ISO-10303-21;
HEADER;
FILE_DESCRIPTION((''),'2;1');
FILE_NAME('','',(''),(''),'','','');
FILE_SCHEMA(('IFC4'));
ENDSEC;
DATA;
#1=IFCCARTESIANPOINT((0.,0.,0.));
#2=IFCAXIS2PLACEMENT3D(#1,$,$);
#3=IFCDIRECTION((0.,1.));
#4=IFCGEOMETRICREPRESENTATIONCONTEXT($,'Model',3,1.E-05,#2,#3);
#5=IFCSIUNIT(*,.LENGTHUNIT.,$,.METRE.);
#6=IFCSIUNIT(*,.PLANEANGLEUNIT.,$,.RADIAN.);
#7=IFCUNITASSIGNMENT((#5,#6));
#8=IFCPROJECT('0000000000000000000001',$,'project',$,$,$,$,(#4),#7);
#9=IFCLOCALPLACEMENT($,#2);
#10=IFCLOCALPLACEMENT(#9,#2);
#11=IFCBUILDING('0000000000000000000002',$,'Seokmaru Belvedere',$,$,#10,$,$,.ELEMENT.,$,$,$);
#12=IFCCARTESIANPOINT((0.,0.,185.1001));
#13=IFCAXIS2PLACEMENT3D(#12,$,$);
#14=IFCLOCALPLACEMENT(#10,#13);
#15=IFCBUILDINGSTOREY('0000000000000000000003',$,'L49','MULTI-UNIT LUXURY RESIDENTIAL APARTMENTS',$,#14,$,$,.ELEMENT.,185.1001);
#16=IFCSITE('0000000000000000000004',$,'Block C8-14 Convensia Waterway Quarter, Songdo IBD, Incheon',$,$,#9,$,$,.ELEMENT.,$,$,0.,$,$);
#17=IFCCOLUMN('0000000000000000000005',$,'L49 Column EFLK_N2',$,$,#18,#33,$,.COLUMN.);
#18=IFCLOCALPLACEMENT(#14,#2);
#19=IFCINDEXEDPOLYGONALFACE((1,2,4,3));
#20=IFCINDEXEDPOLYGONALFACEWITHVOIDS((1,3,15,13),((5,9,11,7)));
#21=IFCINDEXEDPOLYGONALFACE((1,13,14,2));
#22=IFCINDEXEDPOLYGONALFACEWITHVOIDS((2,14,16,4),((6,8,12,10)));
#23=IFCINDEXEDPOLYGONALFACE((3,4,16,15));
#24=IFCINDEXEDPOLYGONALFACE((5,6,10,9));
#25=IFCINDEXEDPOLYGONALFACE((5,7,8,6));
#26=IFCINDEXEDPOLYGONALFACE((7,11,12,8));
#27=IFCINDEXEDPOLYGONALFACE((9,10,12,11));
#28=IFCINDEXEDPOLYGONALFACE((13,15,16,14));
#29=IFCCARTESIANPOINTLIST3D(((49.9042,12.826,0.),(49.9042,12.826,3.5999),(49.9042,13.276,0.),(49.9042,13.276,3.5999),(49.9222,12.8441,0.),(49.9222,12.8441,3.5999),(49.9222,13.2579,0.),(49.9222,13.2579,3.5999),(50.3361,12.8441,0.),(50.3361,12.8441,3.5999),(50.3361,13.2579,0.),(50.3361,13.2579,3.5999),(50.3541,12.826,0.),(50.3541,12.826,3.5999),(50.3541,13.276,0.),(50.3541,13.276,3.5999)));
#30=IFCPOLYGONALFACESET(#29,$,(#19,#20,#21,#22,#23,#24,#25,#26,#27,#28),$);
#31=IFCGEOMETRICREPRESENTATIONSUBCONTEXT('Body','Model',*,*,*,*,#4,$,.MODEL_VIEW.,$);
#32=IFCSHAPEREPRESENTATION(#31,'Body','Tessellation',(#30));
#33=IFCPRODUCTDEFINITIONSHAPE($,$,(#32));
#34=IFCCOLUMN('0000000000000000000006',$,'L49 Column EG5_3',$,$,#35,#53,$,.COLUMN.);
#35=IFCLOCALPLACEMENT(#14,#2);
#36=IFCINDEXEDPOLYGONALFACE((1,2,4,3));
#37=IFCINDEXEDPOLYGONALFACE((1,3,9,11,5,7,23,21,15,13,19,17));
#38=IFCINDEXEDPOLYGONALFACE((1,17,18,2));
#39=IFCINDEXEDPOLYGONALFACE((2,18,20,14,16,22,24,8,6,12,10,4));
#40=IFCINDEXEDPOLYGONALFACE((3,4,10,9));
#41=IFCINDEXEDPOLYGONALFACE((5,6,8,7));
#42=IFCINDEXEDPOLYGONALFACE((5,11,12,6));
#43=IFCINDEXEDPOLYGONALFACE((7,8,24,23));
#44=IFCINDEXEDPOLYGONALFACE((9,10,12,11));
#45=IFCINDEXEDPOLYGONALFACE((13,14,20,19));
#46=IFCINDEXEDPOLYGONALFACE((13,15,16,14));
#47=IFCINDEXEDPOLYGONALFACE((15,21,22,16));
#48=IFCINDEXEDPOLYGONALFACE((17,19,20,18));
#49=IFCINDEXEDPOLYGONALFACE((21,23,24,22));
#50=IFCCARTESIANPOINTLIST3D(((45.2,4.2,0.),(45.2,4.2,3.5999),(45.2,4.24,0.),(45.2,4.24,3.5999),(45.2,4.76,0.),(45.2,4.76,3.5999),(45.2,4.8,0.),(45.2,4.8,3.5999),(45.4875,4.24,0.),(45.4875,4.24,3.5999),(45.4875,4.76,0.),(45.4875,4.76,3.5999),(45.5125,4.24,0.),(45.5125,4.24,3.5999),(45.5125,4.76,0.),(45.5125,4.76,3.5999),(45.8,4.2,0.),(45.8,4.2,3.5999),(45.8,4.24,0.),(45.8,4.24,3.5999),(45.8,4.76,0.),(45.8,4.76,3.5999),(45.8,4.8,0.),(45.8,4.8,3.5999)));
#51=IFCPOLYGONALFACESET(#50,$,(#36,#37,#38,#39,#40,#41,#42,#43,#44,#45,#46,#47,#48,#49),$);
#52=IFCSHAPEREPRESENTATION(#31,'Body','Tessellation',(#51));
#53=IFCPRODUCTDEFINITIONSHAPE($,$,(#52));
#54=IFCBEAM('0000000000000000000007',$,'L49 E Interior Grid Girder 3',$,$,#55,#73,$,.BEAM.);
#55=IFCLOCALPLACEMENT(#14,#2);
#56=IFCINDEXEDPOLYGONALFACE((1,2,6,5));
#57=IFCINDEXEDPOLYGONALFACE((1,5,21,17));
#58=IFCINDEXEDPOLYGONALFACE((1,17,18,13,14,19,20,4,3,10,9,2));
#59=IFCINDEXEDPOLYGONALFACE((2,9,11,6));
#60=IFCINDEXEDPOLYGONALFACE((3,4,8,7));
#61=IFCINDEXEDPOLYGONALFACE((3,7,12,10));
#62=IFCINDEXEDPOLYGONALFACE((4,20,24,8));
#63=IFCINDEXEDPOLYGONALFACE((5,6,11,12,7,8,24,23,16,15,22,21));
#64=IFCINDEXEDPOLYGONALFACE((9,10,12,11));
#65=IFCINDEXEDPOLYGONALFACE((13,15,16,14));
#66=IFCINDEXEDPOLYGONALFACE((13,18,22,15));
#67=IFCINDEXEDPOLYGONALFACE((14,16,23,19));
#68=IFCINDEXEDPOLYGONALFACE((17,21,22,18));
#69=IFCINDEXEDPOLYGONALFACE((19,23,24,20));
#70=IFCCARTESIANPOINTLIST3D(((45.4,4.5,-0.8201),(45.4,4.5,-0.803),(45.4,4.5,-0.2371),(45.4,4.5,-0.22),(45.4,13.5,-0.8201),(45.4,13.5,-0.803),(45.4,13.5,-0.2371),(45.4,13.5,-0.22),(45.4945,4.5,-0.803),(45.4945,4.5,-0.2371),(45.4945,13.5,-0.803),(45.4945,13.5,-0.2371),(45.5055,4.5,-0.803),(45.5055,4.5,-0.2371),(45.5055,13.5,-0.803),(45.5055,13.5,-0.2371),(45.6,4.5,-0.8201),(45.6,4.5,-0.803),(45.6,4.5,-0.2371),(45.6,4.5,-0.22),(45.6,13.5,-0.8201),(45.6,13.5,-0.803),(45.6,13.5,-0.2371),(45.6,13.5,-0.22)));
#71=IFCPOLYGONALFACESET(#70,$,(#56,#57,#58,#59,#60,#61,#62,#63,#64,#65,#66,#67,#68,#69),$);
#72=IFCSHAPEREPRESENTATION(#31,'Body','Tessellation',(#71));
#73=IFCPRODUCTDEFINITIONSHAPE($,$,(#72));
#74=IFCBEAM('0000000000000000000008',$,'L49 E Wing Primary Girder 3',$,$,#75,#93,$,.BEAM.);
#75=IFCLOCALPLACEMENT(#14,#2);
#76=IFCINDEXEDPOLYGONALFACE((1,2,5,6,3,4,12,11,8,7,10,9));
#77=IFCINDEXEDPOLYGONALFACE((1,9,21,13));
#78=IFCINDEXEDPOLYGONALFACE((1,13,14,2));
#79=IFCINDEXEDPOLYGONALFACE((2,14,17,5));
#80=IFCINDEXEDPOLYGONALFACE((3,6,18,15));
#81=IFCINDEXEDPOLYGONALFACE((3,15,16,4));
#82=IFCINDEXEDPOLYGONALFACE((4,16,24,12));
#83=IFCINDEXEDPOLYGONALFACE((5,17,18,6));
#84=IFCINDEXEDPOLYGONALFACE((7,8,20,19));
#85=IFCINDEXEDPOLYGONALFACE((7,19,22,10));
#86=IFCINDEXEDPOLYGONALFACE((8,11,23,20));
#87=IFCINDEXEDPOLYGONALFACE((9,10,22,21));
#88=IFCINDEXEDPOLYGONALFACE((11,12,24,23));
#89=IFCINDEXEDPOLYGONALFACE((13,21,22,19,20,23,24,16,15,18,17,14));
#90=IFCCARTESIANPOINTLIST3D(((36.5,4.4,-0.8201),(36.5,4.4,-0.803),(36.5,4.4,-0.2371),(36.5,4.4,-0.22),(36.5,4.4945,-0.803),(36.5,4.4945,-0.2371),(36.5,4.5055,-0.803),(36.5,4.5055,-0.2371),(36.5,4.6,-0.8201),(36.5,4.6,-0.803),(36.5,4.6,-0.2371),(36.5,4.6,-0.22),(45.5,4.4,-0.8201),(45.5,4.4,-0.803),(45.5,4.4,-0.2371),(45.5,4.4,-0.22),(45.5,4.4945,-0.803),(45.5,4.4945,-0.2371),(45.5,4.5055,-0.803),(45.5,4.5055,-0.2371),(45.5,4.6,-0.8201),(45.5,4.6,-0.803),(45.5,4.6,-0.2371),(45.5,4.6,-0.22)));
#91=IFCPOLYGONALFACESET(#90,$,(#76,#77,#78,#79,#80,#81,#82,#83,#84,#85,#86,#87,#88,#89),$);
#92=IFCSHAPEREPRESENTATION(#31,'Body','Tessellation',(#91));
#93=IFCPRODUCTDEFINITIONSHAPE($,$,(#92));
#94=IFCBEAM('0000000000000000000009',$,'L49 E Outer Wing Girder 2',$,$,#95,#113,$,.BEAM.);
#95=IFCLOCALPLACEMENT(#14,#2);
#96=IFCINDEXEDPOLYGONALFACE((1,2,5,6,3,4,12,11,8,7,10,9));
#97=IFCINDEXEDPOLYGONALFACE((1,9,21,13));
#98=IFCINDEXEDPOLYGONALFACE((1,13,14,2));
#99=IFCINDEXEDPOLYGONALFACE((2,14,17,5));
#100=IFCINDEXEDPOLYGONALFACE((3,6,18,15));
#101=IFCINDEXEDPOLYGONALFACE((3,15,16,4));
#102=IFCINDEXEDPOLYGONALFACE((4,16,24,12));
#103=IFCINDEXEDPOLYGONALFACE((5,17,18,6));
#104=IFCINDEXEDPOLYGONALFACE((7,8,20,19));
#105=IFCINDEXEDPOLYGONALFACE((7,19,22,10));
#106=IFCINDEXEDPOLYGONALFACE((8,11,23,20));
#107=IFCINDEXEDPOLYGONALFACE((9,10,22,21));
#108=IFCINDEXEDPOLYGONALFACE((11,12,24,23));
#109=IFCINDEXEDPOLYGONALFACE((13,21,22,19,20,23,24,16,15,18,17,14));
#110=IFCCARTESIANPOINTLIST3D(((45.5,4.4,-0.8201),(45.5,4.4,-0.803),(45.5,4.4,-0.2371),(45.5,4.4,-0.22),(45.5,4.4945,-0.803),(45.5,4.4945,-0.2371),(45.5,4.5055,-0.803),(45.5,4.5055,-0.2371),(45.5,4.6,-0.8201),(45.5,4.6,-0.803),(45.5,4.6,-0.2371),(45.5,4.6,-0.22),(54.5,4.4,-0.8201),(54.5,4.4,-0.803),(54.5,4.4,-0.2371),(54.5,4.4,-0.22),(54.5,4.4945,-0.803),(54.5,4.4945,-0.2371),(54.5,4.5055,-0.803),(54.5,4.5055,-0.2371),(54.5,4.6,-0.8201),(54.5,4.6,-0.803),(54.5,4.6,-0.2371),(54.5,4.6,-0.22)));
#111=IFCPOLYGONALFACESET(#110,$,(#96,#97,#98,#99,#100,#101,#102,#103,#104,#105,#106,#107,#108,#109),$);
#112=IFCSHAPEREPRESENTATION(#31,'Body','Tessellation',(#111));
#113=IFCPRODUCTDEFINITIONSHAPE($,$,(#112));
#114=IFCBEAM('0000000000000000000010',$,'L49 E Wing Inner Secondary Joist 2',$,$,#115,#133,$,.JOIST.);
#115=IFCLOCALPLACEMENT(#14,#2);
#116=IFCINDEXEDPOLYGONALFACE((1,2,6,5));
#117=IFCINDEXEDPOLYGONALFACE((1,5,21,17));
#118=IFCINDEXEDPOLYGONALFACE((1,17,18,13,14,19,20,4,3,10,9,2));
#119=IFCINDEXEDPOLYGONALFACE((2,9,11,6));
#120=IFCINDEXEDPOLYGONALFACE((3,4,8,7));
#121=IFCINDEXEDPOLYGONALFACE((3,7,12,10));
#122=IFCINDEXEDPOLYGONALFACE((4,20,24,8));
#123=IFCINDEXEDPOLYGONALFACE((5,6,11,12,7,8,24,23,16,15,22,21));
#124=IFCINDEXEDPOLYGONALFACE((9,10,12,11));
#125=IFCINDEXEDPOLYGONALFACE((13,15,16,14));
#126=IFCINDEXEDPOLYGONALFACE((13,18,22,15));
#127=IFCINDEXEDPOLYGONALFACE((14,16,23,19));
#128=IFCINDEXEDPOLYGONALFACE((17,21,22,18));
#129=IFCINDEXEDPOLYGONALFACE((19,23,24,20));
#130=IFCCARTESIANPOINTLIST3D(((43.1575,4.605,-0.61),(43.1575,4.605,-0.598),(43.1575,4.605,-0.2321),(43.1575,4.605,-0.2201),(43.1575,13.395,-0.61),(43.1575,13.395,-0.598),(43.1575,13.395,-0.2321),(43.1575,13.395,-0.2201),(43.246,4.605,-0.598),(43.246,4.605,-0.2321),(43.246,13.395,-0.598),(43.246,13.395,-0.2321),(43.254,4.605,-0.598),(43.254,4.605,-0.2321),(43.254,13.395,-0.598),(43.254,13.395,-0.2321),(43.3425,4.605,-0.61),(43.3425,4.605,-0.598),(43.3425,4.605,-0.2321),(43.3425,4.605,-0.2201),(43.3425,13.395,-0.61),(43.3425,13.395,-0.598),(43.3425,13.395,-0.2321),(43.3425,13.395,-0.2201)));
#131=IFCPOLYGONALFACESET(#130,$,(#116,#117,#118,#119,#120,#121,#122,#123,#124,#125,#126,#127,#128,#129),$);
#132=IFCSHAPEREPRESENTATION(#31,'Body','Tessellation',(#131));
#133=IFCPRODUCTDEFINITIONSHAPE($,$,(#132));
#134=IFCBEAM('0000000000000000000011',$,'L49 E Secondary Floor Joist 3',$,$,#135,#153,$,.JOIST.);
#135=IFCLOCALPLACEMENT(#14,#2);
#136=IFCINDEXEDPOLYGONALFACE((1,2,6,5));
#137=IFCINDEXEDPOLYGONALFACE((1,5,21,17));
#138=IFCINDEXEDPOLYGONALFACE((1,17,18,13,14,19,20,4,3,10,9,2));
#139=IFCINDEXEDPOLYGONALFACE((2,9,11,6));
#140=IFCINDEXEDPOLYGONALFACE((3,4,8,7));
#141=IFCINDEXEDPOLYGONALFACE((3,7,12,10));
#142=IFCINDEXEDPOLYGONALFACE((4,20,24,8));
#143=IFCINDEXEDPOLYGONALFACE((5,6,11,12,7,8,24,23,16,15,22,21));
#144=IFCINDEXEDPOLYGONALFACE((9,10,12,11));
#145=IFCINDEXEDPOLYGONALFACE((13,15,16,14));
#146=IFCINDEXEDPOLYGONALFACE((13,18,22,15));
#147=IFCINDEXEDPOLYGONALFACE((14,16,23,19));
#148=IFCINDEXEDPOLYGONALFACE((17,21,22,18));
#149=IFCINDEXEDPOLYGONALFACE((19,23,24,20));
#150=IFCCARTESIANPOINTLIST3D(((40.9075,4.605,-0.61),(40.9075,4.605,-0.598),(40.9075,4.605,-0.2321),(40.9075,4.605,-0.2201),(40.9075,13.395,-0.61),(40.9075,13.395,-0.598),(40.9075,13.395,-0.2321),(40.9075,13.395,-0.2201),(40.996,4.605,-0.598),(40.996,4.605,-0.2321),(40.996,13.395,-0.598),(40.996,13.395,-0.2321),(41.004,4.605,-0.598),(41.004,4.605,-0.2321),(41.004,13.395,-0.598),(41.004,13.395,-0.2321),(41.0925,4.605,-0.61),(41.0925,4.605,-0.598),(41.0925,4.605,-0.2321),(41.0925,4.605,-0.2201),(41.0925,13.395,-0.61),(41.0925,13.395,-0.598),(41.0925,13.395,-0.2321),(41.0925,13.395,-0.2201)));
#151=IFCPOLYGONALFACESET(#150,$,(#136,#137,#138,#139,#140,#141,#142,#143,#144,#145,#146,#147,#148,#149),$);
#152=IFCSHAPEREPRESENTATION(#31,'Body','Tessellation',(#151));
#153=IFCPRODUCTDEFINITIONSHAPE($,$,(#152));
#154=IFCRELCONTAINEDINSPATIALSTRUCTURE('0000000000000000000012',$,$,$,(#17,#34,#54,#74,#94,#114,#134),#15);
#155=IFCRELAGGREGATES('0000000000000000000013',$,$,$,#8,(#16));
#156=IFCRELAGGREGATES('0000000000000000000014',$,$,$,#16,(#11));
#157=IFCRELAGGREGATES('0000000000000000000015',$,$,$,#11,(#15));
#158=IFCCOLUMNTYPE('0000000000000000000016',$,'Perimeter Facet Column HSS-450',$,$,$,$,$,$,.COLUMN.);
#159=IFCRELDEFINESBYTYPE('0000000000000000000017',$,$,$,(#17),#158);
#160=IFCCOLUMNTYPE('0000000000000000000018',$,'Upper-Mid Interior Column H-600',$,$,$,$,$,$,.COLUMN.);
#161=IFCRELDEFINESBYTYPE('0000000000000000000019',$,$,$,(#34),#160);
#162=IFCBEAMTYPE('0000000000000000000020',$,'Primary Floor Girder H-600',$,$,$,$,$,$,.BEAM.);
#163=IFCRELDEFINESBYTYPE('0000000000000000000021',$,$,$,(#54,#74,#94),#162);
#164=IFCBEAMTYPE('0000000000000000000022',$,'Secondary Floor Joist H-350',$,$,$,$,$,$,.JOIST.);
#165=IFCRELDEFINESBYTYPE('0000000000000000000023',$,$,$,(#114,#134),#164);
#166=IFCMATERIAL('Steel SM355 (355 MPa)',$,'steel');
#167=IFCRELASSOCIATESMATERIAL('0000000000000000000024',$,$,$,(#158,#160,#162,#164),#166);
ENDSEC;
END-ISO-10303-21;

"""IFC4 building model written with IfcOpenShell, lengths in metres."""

from ifc_helpers import new_model, si_unit, direction, frame, origin, origin_2d, place, context, subcontext, project, spatial, hollow_rectangle, i_section, extrude, source, transform, mapped, material, material_profile, profile_set, type_object, type_shapes, element, save


model = new_model("IFC4")

# Units and contexts
model_context = context("Model", 3, precision=1e-05, world=origin(), true_north=direction((0.0, 1.0)))
body_context = subcontext(model_context, "Body", "Model", "MODEL_VIEW")
ifc_project = project(units=[si_unit("LENGTHUNIT", "METRE"), si_unit("PLANEANGLEUNIT", "RADIAN")], contexts=[model_context])

# Site, building, storey
site_placement = place(None, origin())
site = spatial("IfcSite", under=ifc_project, at=site_placement, Name="Block C8-14 Convensia Waterway Quarter, Songdo IBD, Incheon", CompositionType="ELEMENT", RefElevation=0.0)
building_placement = place(site_placement, origin())
building = spatial("IfcBuilding", under=site, at=building_placement, Name="Seokmaru Belvedere", CompositionType="ELEMENT")
storey_placement = place(building_placement, frame((0.0, 0.0, 185.1001)))
storey = spatial("IfcBuildingStorey", under=building, at=storey_placement, Name="L49", Description="MULTI-UNIT LUXURY RESIDENTIAL APARTMENTS", CompositionType="ELEMENT", Elevation=185.1001)

# Columns
ifc_material_1 = material(Name="Steel SM355 (355 MPa)", Category="steel")
ifc_material_profile_1 = material_profile(ifc_material_1, hollow_rectangle(XDim=0.45, YDim=0.45, WallThickness=0.0181, at=origin_2d()), Name="HSS-450x450x18")
ifc_profile_set_1 = profile_set([ifc_material_profile_1], Name="Steel SM355 (355 MPa)")
column_type_1 = type_object("IfcColumnType", Name="Perimeter Facet Column HSS-450", PredefinedType="COLUMN", material=ifc_profile_set_1)
shared_shape_1 = source(origin(), body_context, "Body", "SweptSolid", [
    extrude(hollow_rectangle(XDim=0.45, YDim=0.45, WallThickness=0.0181, at=origin_2d()), origin(), (0.0, 0.0, 1.0), 3.5999),
])
type_shapes(column_type_1, [shared_shape_1])
column_1_placement = place(storey_placement, frame((50.1292, 13.051, 0.0), z_axis=(0.0, 0.0, 1.0), x_axis=(1.0, 0.0, 0.0)))
element("IfcColumn", 1, at=column_1_placement, inside=storey, type_object=column_type_1, Name="L49 Column EFLK_N2", PredefinedType="COLUMN", context=body_context, shape_type="MappedRepresentation", body=[
    mapped(shared_shape_1, transform((0.0, 0.0, 0.0), scale=1.0)),
])
ifc_material_profile_2 = material_profile(ifc_material_1, i_section(OverallWidth=0.6001, OverallDepth=0.6001, WebThickness=0.0249, FlangeThickness=0.04, at=origin_2d()), Name="H-600x600x25x40")
ifc_profile_set_2 = profile_set([ifc_material_profile_2], Name="Steel SM355 (355 MPa)")
column_type_2 = type_object("IfcColumnType", Name="Upper-Mid Interior Column H-600", PredefinedType="COLUMN", material=ifc_profile_set_2)
shared_shape_2 = source(origin(), body_context, "Body", "SweptSolid", [
    extrude(i_section(OverallWidth=0.6001, OverallDepth=0.6001, WebThickness=0.0249, FlangeThickness=0.04, at=origin_2d()), origin(), (0.0, 0.0, 1.0), 3.5999),
])
type_shapes(column_type_2, [shared_shape_2])
column_2_placement = place(storey_placement, frame((45.5, 4.5, 0.0), z_axis=(0.0, 0.0, 1.0), x_axis=(1.0, 0.0, 0.0)))
element("IfcColumn", 2, at=column_2_placement, inside=storey, type_object=column_type_2, Name="L49 Column EG5_3", PredefinedType="COLUMN", context=body_context, shape_type="MappedRepresentation", body=[
    mapped(shared_shape_2, transform((0.0, 0.0, 0.0), scale=1.0)),
])

# Beams
ifc_material_profile_3 = material_profile(ifc_material_1, i_section(OverallWidth=0.2, OverallDepth=0.6001, WebThickness=0.011, FlangeThickness=0.0171, at=origin_2d()), Name="H-600x200x11x17")
ifc_profile_set_3 = profile_set([ifc_material_profile_3], Name="Steel SM355 (355 MPa)")
beam_type_1 = type_object("IfcBeamType", Name="Primary Floor Girder H-600", PredefinedType="BEAM", material=ifc_profile_set_3)
shared_shape_3 = source(origin(), body_context, "Body", "SweptSolid", [
    extrude(i_section(OverallWidth=0.2, OverallDepth=0.6001, WebThickness=0.011, FlangeThickness=0.0171, at=origin_2d()), origin(), (0.0, 0.0, 1.0), 9.0),
])
type_shapes(beam_type_1, [shared_shape_3])
for number, where, z_axis, x_axis, name in (
    (3, (45.5, 4.5, -0.52), (0.0, 1.0, 0.0), (-1.0, 0.0, 0.0), "L49 E Interior Grid Girder 3"),
    (4, (36.5, 4.5, -0.52), (1.0, 0.0, 0.0), (0.0, 1.0, 0.0), "L49 E Wing Primary Girder 3"),
    (5, (45.5, 4.5, -0.52), (1.0, 0.0, 0.0), (0.0, 1.0, 0.0), "L49 E Outer Wing Girder 2"),
):
    element("IfcBeam", number, at=place(storey_placement, frame(where, z_axis=z_axis, x_axis=x_axis)), inside=storey, type_object=beam_type_1, Name=name, PredefinedType="BEAM", context=body_context, shape_type="MappedRepresentation", body=[
        mapped(shared_shape_3, transform((0.0, 0.0, 0.0), scale=1.0)),
    ])
ifc_material_profile_4 = material_profile(ifc_material_1, i_section(OverallWidth=0.1851, OverallDepth=0.3899, WebThickness=0.0081, FlangeThickness=0.012, at=origin_2d()), Name="H-390x185x8x12")
ifc_profile_set_4 = profile_set([ifc_material_profile_4], Name="Steel SM355 (355 MPa)")
beam_type_2 = type_object("IfcBeamType", Name="Secondary Floor Joist H-350", PredefinedType="JOIST", material=ifc_profile_set_4)
shared_shape_4 = source(origin(), body_context, "Body", "SweptSolid", [
    extrude(i_section(OverallWidth=0.1851, OverallDepth=0.3899, WebThickness=0.0081, FlangeThickness=0.012, at=origin_2d()), origin(), (0.0, 0.0, 1.0), 8.79),
])
type_shapes(beam_type_2, [shared_shape_4])
for number, where, z_axis, x_axis, name in (
    (6, (43.25, 4.605, -0.415), (0.0, 1.0, 0.0), (-1.0, 0.0, 0.0), "L49 E Wing Inner Secondary Joist 2"),
    (7, (41.0, 4.605, -0.415), (0.0, 1.0, 0.0), (-1.0, 0.0, 0.0), "L49 E Secondary Floor Joist 3"),
):
    element("IfcBeam", number, at=place(storey_placement, frame(where, z_axis=z_axis, x_axis=x_axis)), inside=storey, type_object=beam_type_2, Name=name, PredefinedType="JOIST", context=body_context, shape_type="MappedRepresentation", body=[
        mapped(shared_shape_4, transform((0.0, 0.0, 0.0), scale=1.0)),
    ])

save(model, "model.ifc")
